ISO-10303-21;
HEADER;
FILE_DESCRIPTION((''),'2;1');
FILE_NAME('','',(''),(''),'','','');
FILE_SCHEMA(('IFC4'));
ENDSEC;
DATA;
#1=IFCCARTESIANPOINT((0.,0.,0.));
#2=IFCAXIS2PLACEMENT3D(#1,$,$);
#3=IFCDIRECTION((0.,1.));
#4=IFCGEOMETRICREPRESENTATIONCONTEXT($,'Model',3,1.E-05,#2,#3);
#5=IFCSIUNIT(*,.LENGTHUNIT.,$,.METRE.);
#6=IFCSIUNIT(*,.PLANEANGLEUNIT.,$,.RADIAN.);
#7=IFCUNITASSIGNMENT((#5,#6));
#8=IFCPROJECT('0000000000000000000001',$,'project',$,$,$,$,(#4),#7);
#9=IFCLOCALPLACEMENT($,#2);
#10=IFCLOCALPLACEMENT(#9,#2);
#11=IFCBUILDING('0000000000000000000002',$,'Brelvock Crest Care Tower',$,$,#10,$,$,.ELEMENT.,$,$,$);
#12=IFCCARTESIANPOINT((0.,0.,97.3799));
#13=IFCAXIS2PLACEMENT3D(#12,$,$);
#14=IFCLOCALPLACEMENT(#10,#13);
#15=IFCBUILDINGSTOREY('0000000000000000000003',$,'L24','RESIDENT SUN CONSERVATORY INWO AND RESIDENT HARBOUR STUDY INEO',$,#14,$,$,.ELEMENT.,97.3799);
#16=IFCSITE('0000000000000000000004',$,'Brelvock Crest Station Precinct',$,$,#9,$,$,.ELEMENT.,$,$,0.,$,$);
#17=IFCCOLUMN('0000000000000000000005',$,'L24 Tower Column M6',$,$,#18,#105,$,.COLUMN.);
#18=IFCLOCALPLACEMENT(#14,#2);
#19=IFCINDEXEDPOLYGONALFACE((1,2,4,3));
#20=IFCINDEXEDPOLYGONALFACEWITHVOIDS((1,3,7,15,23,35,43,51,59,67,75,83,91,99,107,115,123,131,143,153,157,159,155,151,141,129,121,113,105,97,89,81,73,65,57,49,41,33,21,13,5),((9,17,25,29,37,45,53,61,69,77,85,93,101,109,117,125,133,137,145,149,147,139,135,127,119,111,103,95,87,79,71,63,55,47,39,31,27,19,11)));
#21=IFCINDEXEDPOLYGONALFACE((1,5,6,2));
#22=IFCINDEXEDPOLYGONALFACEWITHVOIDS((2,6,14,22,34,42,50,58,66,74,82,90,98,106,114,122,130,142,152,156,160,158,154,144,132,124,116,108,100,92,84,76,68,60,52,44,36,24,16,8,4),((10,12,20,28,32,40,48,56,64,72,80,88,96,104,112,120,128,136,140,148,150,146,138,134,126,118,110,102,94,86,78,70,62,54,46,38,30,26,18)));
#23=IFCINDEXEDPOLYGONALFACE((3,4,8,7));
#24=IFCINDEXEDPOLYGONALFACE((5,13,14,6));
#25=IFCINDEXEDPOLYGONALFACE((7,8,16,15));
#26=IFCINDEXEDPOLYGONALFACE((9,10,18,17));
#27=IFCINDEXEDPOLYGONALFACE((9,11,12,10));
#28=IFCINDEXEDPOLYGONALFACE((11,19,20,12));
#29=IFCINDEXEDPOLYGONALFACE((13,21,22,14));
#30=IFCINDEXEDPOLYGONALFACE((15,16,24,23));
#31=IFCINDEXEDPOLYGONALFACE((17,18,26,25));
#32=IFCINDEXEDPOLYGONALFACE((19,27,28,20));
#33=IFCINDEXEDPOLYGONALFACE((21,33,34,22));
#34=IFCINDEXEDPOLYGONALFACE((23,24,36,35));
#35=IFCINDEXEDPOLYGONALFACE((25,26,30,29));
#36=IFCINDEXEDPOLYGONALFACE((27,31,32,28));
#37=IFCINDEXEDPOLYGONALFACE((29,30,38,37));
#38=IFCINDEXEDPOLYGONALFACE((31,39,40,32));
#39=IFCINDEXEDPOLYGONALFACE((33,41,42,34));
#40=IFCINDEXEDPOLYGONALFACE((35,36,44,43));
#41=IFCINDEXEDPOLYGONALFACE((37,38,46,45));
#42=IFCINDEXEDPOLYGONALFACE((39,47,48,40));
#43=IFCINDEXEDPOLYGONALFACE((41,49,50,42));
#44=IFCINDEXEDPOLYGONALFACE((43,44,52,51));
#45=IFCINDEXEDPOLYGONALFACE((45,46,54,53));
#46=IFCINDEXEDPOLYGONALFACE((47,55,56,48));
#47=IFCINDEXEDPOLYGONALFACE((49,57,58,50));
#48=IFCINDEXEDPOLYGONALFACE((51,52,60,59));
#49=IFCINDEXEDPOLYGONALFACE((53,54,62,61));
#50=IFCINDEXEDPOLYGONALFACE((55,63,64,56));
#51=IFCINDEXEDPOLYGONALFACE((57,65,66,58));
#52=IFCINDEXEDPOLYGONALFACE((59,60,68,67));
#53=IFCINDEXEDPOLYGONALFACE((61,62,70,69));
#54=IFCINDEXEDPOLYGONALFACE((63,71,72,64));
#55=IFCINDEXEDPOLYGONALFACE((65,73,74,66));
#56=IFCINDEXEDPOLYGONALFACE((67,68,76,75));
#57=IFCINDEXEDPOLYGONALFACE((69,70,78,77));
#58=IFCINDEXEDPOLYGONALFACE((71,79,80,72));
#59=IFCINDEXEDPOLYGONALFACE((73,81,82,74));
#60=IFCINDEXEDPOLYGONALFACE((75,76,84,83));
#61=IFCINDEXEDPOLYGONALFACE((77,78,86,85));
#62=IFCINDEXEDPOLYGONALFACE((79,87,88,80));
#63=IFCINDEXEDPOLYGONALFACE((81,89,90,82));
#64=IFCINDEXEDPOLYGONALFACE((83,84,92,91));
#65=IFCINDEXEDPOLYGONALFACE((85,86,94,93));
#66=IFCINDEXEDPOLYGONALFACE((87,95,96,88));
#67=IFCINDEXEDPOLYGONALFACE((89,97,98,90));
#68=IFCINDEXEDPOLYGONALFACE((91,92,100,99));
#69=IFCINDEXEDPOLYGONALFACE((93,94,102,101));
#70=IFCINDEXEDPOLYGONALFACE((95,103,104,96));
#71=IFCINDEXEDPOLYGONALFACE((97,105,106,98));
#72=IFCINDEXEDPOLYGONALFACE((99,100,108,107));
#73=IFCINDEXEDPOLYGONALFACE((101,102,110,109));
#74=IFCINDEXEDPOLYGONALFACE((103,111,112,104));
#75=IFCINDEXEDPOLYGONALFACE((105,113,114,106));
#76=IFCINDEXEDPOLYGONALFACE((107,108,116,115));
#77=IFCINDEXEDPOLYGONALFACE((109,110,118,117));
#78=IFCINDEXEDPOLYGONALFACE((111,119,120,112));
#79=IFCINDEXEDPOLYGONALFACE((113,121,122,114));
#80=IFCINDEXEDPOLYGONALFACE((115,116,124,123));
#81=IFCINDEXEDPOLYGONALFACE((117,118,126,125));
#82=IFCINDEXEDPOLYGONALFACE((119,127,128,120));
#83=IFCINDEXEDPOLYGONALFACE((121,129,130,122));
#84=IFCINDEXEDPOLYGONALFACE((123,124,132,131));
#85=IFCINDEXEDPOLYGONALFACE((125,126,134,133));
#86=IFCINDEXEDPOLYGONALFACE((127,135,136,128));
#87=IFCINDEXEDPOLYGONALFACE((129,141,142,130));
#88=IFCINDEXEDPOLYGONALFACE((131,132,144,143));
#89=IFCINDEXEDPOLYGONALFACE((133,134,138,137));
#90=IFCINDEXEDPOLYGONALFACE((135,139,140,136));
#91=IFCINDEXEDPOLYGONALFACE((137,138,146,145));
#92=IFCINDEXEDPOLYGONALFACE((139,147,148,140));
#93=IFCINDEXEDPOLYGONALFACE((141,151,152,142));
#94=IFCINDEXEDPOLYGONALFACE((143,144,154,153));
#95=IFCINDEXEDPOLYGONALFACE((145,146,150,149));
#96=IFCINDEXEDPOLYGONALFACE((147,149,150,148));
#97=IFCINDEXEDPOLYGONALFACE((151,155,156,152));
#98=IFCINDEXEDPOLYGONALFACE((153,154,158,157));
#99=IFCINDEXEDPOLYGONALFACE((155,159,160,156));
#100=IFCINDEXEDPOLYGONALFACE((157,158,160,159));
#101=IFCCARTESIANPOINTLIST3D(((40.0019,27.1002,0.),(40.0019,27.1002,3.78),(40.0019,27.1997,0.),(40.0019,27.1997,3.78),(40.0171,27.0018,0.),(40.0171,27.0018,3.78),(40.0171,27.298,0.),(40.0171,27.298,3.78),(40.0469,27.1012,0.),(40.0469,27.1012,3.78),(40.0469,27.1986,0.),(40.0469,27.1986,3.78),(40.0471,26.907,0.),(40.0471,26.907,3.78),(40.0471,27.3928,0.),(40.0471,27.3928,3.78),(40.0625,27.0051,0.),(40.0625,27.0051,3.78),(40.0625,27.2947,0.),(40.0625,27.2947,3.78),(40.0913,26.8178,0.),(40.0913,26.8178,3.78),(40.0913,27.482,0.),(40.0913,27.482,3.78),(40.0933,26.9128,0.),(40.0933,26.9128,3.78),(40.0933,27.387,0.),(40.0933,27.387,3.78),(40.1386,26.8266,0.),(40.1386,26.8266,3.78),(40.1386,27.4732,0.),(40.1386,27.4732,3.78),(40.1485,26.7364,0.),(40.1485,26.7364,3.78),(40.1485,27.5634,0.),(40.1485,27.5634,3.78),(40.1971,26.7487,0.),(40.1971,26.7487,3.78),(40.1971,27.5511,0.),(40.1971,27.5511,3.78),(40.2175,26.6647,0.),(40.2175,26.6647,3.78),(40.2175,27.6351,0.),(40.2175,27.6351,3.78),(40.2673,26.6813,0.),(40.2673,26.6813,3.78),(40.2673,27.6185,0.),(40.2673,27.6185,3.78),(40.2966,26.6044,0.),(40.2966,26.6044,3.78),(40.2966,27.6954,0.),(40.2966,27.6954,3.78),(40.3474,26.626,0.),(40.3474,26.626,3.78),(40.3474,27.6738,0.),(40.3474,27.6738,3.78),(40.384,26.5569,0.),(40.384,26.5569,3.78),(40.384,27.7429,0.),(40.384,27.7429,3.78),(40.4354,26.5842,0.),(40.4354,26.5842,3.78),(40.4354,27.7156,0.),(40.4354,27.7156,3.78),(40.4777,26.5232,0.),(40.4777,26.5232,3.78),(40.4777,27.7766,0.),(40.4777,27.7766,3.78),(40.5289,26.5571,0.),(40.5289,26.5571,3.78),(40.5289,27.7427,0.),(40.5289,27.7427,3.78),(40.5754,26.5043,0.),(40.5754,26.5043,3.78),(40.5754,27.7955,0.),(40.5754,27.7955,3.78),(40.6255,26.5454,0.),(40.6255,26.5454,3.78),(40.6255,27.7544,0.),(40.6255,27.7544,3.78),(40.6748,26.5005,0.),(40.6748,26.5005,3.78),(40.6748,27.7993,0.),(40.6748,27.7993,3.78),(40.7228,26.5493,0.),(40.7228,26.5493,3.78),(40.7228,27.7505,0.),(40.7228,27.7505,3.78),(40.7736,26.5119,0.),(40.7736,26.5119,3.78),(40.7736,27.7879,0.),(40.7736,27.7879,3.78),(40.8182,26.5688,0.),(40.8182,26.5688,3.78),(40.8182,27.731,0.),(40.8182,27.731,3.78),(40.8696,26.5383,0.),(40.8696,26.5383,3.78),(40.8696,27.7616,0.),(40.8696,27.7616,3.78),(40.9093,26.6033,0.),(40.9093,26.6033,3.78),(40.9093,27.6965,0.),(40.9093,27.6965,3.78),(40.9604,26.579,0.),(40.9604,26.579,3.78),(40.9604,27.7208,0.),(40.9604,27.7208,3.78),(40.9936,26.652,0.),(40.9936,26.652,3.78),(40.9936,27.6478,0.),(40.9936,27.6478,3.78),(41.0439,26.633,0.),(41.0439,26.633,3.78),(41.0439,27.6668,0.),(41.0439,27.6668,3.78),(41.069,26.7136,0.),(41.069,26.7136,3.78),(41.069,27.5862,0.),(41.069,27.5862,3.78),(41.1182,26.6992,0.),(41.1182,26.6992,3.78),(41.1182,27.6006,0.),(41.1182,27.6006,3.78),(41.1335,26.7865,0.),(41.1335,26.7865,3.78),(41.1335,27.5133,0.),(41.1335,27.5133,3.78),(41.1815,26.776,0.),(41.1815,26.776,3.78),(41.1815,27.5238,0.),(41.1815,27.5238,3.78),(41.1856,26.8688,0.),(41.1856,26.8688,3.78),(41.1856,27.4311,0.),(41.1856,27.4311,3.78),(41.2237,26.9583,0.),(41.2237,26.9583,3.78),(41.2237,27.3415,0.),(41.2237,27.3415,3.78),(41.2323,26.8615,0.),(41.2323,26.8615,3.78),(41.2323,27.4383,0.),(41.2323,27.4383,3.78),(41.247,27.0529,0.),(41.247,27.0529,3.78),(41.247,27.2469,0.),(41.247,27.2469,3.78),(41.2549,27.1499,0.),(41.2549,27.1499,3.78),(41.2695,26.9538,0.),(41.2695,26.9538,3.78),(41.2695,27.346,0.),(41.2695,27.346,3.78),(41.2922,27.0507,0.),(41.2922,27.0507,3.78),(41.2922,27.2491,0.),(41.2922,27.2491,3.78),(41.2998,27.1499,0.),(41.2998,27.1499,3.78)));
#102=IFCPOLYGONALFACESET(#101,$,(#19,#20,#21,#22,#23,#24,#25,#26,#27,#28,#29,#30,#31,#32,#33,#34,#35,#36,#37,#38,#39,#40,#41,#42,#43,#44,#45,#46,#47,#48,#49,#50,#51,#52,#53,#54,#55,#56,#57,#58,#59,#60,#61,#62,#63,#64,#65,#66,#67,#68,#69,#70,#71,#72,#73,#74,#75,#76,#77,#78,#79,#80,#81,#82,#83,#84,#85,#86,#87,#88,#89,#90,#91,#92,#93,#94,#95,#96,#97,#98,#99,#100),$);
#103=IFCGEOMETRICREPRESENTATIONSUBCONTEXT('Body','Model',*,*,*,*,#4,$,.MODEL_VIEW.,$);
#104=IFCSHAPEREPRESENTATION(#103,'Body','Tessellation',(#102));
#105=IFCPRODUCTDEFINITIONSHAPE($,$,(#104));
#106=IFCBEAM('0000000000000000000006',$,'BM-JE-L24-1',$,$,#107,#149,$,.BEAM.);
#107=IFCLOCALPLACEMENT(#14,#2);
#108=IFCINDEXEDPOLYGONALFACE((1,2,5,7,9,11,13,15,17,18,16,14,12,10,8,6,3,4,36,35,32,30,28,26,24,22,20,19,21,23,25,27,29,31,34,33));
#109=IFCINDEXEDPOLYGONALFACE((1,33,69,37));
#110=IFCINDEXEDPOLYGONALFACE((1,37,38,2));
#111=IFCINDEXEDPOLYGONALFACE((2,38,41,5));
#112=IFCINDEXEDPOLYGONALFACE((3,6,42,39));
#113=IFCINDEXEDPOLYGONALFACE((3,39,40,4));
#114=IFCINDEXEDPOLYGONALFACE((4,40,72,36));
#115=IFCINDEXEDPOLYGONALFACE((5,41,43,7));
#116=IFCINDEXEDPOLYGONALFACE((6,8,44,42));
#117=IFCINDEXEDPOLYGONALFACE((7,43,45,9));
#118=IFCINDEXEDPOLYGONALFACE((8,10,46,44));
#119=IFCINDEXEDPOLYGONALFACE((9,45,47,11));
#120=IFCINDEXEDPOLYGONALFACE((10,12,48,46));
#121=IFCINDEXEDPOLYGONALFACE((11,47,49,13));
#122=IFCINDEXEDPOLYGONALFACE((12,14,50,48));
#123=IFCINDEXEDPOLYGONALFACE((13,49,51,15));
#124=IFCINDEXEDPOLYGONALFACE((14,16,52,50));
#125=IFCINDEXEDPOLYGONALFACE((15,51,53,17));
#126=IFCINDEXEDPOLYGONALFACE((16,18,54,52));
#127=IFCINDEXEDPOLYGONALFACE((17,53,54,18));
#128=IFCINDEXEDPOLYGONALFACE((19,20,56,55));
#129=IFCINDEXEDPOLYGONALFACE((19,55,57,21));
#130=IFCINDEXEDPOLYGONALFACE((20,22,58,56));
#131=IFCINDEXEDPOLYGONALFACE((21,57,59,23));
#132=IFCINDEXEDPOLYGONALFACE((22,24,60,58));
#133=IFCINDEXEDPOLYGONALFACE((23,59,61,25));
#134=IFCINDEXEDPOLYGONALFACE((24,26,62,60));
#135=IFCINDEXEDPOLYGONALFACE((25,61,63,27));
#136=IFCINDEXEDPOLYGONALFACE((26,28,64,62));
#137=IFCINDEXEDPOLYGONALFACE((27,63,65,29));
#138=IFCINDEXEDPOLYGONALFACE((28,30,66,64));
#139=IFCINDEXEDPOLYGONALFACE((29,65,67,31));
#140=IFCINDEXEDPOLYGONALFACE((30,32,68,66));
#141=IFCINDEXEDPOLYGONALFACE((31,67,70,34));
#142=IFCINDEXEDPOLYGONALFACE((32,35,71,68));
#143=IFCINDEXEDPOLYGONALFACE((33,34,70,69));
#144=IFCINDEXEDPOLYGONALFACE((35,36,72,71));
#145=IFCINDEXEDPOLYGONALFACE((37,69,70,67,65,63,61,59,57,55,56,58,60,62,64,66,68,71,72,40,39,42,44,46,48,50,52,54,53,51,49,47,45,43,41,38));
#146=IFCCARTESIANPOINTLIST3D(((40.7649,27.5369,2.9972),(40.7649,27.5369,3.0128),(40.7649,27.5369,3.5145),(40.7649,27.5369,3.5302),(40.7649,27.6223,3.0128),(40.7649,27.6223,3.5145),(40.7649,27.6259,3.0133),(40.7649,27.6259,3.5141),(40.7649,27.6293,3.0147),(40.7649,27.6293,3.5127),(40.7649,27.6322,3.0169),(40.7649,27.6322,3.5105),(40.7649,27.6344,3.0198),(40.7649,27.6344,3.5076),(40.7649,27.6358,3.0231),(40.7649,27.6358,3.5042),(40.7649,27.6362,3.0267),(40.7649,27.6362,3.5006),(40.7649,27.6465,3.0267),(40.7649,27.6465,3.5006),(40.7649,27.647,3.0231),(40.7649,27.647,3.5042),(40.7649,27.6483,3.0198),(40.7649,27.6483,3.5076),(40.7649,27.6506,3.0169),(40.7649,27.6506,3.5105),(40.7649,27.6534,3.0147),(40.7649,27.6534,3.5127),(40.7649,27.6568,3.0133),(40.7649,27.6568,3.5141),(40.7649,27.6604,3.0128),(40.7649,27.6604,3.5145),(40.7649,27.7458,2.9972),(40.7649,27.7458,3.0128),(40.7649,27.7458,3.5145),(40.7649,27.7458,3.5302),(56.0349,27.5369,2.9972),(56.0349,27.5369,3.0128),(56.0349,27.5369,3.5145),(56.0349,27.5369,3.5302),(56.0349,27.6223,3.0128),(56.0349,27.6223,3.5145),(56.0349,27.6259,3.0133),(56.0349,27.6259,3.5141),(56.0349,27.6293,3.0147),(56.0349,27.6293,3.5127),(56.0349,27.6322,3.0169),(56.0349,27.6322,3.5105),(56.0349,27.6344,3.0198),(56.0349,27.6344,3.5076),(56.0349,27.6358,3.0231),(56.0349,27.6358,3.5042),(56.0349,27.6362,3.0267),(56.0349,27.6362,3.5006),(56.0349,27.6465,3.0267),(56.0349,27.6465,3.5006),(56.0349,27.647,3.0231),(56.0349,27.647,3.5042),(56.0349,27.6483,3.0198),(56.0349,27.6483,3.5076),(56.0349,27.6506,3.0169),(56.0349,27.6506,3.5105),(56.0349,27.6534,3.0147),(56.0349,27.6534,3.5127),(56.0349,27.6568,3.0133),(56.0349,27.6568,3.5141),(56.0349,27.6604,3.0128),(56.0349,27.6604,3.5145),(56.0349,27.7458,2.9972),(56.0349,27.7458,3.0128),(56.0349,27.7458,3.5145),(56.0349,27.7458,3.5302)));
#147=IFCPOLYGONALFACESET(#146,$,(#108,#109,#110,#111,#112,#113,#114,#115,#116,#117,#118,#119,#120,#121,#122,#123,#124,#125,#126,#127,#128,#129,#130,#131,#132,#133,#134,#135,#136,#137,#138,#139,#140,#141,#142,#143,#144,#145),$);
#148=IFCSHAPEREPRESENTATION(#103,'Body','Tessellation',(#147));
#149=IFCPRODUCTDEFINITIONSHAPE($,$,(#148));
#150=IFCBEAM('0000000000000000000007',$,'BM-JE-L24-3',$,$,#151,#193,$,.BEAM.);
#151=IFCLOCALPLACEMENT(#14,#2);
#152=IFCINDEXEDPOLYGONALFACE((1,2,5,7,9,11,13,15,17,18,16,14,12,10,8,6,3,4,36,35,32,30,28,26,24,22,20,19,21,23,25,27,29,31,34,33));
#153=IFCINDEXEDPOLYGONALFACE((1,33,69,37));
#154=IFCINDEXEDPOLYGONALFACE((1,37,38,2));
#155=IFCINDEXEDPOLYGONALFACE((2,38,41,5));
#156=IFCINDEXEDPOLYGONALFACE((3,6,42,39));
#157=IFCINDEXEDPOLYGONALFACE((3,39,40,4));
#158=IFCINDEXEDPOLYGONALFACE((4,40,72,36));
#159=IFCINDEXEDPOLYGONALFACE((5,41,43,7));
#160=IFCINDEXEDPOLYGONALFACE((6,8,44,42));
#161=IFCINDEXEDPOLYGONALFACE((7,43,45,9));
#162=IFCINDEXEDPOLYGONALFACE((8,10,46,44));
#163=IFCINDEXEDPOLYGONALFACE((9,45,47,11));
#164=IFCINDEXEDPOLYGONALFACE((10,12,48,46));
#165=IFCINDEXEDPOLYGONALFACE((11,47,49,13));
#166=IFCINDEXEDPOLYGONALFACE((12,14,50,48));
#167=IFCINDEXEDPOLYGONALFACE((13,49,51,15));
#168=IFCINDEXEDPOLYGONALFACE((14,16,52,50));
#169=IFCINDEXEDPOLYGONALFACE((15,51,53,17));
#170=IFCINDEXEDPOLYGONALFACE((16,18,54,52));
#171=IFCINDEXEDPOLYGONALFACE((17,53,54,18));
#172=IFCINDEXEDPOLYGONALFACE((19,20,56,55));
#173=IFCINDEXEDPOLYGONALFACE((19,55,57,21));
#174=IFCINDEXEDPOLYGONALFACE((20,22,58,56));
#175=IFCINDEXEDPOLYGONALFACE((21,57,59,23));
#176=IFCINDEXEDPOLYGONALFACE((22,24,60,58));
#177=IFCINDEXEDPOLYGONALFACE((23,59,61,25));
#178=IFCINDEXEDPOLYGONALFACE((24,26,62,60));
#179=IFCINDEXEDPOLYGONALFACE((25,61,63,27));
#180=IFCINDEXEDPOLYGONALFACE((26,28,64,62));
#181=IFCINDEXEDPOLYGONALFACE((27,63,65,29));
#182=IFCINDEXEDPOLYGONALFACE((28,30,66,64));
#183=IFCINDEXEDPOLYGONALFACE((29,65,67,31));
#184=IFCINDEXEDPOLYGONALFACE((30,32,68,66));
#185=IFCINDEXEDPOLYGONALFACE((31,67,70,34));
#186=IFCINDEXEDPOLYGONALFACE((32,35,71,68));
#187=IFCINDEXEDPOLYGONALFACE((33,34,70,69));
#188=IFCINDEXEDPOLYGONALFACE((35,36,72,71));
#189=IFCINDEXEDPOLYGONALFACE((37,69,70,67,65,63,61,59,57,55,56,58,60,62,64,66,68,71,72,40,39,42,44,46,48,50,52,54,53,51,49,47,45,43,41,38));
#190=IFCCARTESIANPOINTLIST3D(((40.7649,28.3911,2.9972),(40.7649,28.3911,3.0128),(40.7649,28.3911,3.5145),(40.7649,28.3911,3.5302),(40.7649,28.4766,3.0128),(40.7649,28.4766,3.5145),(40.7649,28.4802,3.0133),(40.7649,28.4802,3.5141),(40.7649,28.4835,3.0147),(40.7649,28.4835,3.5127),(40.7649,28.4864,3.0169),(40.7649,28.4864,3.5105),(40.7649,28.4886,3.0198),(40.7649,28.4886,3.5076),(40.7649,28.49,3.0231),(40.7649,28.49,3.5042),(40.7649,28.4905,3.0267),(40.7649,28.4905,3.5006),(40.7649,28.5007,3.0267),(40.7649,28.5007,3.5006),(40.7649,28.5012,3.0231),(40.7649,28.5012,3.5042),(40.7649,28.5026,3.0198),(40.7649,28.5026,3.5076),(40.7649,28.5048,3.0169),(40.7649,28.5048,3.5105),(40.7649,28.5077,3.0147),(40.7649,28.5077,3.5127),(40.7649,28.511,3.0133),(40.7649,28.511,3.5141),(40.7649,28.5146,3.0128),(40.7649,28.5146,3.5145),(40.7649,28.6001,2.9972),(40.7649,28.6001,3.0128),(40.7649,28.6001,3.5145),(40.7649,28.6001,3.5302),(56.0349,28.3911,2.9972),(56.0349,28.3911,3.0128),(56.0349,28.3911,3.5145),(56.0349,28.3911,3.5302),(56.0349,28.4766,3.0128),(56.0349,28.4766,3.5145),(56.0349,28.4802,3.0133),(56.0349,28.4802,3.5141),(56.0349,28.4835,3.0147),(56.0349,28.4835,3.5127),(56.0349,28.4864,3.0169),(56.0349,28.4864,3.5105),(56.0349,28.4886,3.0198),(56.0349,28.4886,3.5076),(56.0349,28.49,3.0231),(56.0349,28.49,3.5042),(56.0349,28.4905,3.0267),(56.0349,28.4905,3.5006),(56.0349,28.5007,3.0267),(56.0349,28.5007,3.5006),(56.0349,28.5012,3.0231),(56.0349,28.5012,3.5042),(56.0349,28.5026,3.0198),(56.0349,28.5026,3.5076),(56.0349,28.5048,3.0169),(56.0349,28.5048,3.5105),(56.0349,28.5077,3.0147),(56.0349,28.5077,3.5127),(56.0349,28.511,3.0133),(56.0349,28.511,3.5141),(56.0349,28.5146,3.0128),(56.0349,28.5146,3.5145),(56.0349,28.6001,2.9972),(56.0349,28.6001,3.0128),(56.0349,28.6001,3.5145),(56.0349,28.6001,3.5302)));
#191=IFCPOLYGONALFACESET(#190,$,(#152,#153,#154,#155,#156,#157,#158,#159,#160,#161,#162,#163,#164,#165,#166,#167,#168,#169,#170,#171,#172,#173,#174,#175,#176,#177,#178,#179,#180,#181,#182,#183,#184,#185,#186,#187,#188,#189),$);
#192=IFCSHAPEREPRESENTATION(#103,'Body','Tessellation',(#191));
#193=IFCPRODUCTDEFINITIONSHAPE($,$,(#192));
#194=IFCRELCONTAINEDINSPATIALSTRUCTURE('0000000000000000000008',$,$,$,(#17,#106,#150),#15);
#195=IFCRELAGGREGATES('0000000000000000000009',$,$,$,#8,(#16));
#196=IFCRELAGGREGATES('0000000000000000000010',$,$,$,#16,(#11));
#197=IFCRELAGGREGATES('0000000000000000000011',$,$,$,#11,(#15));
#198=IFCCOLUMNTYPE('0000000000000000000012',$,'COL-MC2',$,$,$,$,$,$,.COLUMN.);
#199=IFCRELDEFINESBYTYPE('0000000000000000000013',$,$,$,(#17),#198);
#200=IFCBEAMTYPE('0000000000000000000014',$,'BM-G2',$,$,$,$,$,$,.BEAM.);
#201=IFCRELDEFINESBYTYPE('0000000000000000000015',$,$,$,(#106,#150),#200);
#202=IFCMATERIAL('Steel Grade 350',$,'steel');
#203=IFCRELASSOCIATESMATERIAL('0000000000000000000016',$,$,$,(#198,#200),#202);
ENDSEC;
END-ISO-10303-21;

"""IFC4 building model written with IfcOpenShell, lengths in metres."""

from ifc_helpers import new_model, si_unit, direction, frame, origin, origin_2d, place, context, subcontext, project, spatial, hollow_circle, i_section, extrude, source, transform, mapped, material, material_profile, profile_set, type_object, element, save


model = new_model("IFC4")

# Units and contexts
model_context = context("Model", 3, precision=1e-05, world=origin(), true_north=direction((0.0, 1.0)))
body_context = subcontext(model_context, "Body", "Model", "MODEL_VIEW")
ifc_project = project(units=[si_unit("LENGTHUNIT", "METRE"), si_unit("PLANEANGLEUNIT", "RADIAN")], contexts=[model_context])

# Site, building, storey
site_placement = place(None, origin())
site = spatial("IfcSite", under=ifc_project, at=site_placement, Name="Brelvock Crest Station Precinct", CompositionType="ELEMENT", RefElevation=0.0)
building_placement = place(site_placement, origin())
building = spatial("IfcBuilding", under=site, at=building_placement, Name="Brelvock Crest Care Tower", CompositionType="ELEMENT")
storey_placement = place(building_placement, frame((0.0, 0.0, 97.3799)))
storey = spatial("IfcBuildingStorey", under=building, at=storey_placement, Name="L24", Description="RESIDENT SUN CONSERVATORY INWO AND RESIDENT HARBOUR STUDY INEO", CompositionType="ELEMENT", Elevation=97.3799)

# Column
ifc_material_1 = material(Name="Steel Grade 350", Category="steel")
ifc_material_profile_1 = material_profile(ifc_material_1, hollow_circle(Radius=0.6499, WallThickness=0.0449, at=origin_2d()), Name="CFT1300x45")
ifc_profile_set_1 = profile_set([ifc_material_profile_1], Name="Steel Grade 350")
column_type = type_object("IfcColumnType", Name="COL-MC2", PredefinedType="COLUMN", material=ifc_profile_set_1)
shared_shape_1 = source(origin(), body_context, "Body", "SweptSolid", [
    extrude(hollow_circle(Radius=0.6499, WallThickness=0.0449, at=origin_2d()), origin(), (0.0, 0.0, 1.0), 3.78),
])
column_placement = place(storey_placement, frame((40.6499, 27.1499, 0.0), z_axis=(0.0, 0.0, 1.0), x_axis=(1.0, 0.0, 0.0)))
element("IfcColumn", 1, at=column_placement, inside=storey, type_object=column_type, Name="L24 Tower Column M6", PredefinedType="COLUMN", context=body_context, shape_type="MappedRepresentation", body=[
    mapped(shared_shape_1, transform((0.0, 0.0, 0.0), x_axis=(1.0, 0.0, 0.0), y_axis=(0.0, 1.0, 0.0), z_axis=(0.0, 0.0, 1.0), scale=1.0)),
])

# Beams
ifc_material_profile_2 = material_profile(ifc_material_1, i_section(OverallWidth=0.209, OverallDepth=0.533, WebThickness=0.0103, FlangeThickness=0.0156, FilletRadius=0.0139, at=origin_2d()), Name="530UB92.4")
ifc_profile_set_2 = profile_set([ifc_material_profile_2], Name="Steel Grade 350")
beam_type_1 = type_object("IfcBeamType", Name="BM-G2", PredefinedType="BEAM", material=ifc_profile_set_2)
shared_shape_2 = source(origin(), body_context, "Body", "SweptSolid", [
    extrude(i_section(OverallWidth=0.209, OverallDepth=0.533, WebThickness=0.0103, FlangeThickness=0.0156, FilletRadius=0.0139, at=origin_2d()), origin(), (0.0, 0.0, 1.0), 15.27),
])
for number, where, z_axis, x_axis, name in (
    (2, (40.7649, 27.6414, 3.2637), (1.0, 0.0, 0.0), (0.0, 1.0, 0.0), "BM-JE-L24-1"),
    (3, (40.7649, 28.4956, 3.2637), (1.0, 0.0, 0.0), (0.0, 1.0, 0.0), "BM-JE-L24-3"),
):
    element("IfcBeam", number, at=place(storey_placement, frame(where, z_axis=z_axis, x_axis=x_axis)), inside=storey, type_object=beam_type_1, Name=name, PredefinedType="BEAM", context=body_context, shape_type="MappedRepresentation", body=[
        mapped(shared_shape_2, transform((0.0, 0.0, 0.0), x_axis=(1.0, 0.0, 0.0), y_axis=(0.0, 1.0, 0.0), z_axis=(0.0, 0.0, 1.0), scale=1.0)),
    ])

save(model, "model.ifc")
